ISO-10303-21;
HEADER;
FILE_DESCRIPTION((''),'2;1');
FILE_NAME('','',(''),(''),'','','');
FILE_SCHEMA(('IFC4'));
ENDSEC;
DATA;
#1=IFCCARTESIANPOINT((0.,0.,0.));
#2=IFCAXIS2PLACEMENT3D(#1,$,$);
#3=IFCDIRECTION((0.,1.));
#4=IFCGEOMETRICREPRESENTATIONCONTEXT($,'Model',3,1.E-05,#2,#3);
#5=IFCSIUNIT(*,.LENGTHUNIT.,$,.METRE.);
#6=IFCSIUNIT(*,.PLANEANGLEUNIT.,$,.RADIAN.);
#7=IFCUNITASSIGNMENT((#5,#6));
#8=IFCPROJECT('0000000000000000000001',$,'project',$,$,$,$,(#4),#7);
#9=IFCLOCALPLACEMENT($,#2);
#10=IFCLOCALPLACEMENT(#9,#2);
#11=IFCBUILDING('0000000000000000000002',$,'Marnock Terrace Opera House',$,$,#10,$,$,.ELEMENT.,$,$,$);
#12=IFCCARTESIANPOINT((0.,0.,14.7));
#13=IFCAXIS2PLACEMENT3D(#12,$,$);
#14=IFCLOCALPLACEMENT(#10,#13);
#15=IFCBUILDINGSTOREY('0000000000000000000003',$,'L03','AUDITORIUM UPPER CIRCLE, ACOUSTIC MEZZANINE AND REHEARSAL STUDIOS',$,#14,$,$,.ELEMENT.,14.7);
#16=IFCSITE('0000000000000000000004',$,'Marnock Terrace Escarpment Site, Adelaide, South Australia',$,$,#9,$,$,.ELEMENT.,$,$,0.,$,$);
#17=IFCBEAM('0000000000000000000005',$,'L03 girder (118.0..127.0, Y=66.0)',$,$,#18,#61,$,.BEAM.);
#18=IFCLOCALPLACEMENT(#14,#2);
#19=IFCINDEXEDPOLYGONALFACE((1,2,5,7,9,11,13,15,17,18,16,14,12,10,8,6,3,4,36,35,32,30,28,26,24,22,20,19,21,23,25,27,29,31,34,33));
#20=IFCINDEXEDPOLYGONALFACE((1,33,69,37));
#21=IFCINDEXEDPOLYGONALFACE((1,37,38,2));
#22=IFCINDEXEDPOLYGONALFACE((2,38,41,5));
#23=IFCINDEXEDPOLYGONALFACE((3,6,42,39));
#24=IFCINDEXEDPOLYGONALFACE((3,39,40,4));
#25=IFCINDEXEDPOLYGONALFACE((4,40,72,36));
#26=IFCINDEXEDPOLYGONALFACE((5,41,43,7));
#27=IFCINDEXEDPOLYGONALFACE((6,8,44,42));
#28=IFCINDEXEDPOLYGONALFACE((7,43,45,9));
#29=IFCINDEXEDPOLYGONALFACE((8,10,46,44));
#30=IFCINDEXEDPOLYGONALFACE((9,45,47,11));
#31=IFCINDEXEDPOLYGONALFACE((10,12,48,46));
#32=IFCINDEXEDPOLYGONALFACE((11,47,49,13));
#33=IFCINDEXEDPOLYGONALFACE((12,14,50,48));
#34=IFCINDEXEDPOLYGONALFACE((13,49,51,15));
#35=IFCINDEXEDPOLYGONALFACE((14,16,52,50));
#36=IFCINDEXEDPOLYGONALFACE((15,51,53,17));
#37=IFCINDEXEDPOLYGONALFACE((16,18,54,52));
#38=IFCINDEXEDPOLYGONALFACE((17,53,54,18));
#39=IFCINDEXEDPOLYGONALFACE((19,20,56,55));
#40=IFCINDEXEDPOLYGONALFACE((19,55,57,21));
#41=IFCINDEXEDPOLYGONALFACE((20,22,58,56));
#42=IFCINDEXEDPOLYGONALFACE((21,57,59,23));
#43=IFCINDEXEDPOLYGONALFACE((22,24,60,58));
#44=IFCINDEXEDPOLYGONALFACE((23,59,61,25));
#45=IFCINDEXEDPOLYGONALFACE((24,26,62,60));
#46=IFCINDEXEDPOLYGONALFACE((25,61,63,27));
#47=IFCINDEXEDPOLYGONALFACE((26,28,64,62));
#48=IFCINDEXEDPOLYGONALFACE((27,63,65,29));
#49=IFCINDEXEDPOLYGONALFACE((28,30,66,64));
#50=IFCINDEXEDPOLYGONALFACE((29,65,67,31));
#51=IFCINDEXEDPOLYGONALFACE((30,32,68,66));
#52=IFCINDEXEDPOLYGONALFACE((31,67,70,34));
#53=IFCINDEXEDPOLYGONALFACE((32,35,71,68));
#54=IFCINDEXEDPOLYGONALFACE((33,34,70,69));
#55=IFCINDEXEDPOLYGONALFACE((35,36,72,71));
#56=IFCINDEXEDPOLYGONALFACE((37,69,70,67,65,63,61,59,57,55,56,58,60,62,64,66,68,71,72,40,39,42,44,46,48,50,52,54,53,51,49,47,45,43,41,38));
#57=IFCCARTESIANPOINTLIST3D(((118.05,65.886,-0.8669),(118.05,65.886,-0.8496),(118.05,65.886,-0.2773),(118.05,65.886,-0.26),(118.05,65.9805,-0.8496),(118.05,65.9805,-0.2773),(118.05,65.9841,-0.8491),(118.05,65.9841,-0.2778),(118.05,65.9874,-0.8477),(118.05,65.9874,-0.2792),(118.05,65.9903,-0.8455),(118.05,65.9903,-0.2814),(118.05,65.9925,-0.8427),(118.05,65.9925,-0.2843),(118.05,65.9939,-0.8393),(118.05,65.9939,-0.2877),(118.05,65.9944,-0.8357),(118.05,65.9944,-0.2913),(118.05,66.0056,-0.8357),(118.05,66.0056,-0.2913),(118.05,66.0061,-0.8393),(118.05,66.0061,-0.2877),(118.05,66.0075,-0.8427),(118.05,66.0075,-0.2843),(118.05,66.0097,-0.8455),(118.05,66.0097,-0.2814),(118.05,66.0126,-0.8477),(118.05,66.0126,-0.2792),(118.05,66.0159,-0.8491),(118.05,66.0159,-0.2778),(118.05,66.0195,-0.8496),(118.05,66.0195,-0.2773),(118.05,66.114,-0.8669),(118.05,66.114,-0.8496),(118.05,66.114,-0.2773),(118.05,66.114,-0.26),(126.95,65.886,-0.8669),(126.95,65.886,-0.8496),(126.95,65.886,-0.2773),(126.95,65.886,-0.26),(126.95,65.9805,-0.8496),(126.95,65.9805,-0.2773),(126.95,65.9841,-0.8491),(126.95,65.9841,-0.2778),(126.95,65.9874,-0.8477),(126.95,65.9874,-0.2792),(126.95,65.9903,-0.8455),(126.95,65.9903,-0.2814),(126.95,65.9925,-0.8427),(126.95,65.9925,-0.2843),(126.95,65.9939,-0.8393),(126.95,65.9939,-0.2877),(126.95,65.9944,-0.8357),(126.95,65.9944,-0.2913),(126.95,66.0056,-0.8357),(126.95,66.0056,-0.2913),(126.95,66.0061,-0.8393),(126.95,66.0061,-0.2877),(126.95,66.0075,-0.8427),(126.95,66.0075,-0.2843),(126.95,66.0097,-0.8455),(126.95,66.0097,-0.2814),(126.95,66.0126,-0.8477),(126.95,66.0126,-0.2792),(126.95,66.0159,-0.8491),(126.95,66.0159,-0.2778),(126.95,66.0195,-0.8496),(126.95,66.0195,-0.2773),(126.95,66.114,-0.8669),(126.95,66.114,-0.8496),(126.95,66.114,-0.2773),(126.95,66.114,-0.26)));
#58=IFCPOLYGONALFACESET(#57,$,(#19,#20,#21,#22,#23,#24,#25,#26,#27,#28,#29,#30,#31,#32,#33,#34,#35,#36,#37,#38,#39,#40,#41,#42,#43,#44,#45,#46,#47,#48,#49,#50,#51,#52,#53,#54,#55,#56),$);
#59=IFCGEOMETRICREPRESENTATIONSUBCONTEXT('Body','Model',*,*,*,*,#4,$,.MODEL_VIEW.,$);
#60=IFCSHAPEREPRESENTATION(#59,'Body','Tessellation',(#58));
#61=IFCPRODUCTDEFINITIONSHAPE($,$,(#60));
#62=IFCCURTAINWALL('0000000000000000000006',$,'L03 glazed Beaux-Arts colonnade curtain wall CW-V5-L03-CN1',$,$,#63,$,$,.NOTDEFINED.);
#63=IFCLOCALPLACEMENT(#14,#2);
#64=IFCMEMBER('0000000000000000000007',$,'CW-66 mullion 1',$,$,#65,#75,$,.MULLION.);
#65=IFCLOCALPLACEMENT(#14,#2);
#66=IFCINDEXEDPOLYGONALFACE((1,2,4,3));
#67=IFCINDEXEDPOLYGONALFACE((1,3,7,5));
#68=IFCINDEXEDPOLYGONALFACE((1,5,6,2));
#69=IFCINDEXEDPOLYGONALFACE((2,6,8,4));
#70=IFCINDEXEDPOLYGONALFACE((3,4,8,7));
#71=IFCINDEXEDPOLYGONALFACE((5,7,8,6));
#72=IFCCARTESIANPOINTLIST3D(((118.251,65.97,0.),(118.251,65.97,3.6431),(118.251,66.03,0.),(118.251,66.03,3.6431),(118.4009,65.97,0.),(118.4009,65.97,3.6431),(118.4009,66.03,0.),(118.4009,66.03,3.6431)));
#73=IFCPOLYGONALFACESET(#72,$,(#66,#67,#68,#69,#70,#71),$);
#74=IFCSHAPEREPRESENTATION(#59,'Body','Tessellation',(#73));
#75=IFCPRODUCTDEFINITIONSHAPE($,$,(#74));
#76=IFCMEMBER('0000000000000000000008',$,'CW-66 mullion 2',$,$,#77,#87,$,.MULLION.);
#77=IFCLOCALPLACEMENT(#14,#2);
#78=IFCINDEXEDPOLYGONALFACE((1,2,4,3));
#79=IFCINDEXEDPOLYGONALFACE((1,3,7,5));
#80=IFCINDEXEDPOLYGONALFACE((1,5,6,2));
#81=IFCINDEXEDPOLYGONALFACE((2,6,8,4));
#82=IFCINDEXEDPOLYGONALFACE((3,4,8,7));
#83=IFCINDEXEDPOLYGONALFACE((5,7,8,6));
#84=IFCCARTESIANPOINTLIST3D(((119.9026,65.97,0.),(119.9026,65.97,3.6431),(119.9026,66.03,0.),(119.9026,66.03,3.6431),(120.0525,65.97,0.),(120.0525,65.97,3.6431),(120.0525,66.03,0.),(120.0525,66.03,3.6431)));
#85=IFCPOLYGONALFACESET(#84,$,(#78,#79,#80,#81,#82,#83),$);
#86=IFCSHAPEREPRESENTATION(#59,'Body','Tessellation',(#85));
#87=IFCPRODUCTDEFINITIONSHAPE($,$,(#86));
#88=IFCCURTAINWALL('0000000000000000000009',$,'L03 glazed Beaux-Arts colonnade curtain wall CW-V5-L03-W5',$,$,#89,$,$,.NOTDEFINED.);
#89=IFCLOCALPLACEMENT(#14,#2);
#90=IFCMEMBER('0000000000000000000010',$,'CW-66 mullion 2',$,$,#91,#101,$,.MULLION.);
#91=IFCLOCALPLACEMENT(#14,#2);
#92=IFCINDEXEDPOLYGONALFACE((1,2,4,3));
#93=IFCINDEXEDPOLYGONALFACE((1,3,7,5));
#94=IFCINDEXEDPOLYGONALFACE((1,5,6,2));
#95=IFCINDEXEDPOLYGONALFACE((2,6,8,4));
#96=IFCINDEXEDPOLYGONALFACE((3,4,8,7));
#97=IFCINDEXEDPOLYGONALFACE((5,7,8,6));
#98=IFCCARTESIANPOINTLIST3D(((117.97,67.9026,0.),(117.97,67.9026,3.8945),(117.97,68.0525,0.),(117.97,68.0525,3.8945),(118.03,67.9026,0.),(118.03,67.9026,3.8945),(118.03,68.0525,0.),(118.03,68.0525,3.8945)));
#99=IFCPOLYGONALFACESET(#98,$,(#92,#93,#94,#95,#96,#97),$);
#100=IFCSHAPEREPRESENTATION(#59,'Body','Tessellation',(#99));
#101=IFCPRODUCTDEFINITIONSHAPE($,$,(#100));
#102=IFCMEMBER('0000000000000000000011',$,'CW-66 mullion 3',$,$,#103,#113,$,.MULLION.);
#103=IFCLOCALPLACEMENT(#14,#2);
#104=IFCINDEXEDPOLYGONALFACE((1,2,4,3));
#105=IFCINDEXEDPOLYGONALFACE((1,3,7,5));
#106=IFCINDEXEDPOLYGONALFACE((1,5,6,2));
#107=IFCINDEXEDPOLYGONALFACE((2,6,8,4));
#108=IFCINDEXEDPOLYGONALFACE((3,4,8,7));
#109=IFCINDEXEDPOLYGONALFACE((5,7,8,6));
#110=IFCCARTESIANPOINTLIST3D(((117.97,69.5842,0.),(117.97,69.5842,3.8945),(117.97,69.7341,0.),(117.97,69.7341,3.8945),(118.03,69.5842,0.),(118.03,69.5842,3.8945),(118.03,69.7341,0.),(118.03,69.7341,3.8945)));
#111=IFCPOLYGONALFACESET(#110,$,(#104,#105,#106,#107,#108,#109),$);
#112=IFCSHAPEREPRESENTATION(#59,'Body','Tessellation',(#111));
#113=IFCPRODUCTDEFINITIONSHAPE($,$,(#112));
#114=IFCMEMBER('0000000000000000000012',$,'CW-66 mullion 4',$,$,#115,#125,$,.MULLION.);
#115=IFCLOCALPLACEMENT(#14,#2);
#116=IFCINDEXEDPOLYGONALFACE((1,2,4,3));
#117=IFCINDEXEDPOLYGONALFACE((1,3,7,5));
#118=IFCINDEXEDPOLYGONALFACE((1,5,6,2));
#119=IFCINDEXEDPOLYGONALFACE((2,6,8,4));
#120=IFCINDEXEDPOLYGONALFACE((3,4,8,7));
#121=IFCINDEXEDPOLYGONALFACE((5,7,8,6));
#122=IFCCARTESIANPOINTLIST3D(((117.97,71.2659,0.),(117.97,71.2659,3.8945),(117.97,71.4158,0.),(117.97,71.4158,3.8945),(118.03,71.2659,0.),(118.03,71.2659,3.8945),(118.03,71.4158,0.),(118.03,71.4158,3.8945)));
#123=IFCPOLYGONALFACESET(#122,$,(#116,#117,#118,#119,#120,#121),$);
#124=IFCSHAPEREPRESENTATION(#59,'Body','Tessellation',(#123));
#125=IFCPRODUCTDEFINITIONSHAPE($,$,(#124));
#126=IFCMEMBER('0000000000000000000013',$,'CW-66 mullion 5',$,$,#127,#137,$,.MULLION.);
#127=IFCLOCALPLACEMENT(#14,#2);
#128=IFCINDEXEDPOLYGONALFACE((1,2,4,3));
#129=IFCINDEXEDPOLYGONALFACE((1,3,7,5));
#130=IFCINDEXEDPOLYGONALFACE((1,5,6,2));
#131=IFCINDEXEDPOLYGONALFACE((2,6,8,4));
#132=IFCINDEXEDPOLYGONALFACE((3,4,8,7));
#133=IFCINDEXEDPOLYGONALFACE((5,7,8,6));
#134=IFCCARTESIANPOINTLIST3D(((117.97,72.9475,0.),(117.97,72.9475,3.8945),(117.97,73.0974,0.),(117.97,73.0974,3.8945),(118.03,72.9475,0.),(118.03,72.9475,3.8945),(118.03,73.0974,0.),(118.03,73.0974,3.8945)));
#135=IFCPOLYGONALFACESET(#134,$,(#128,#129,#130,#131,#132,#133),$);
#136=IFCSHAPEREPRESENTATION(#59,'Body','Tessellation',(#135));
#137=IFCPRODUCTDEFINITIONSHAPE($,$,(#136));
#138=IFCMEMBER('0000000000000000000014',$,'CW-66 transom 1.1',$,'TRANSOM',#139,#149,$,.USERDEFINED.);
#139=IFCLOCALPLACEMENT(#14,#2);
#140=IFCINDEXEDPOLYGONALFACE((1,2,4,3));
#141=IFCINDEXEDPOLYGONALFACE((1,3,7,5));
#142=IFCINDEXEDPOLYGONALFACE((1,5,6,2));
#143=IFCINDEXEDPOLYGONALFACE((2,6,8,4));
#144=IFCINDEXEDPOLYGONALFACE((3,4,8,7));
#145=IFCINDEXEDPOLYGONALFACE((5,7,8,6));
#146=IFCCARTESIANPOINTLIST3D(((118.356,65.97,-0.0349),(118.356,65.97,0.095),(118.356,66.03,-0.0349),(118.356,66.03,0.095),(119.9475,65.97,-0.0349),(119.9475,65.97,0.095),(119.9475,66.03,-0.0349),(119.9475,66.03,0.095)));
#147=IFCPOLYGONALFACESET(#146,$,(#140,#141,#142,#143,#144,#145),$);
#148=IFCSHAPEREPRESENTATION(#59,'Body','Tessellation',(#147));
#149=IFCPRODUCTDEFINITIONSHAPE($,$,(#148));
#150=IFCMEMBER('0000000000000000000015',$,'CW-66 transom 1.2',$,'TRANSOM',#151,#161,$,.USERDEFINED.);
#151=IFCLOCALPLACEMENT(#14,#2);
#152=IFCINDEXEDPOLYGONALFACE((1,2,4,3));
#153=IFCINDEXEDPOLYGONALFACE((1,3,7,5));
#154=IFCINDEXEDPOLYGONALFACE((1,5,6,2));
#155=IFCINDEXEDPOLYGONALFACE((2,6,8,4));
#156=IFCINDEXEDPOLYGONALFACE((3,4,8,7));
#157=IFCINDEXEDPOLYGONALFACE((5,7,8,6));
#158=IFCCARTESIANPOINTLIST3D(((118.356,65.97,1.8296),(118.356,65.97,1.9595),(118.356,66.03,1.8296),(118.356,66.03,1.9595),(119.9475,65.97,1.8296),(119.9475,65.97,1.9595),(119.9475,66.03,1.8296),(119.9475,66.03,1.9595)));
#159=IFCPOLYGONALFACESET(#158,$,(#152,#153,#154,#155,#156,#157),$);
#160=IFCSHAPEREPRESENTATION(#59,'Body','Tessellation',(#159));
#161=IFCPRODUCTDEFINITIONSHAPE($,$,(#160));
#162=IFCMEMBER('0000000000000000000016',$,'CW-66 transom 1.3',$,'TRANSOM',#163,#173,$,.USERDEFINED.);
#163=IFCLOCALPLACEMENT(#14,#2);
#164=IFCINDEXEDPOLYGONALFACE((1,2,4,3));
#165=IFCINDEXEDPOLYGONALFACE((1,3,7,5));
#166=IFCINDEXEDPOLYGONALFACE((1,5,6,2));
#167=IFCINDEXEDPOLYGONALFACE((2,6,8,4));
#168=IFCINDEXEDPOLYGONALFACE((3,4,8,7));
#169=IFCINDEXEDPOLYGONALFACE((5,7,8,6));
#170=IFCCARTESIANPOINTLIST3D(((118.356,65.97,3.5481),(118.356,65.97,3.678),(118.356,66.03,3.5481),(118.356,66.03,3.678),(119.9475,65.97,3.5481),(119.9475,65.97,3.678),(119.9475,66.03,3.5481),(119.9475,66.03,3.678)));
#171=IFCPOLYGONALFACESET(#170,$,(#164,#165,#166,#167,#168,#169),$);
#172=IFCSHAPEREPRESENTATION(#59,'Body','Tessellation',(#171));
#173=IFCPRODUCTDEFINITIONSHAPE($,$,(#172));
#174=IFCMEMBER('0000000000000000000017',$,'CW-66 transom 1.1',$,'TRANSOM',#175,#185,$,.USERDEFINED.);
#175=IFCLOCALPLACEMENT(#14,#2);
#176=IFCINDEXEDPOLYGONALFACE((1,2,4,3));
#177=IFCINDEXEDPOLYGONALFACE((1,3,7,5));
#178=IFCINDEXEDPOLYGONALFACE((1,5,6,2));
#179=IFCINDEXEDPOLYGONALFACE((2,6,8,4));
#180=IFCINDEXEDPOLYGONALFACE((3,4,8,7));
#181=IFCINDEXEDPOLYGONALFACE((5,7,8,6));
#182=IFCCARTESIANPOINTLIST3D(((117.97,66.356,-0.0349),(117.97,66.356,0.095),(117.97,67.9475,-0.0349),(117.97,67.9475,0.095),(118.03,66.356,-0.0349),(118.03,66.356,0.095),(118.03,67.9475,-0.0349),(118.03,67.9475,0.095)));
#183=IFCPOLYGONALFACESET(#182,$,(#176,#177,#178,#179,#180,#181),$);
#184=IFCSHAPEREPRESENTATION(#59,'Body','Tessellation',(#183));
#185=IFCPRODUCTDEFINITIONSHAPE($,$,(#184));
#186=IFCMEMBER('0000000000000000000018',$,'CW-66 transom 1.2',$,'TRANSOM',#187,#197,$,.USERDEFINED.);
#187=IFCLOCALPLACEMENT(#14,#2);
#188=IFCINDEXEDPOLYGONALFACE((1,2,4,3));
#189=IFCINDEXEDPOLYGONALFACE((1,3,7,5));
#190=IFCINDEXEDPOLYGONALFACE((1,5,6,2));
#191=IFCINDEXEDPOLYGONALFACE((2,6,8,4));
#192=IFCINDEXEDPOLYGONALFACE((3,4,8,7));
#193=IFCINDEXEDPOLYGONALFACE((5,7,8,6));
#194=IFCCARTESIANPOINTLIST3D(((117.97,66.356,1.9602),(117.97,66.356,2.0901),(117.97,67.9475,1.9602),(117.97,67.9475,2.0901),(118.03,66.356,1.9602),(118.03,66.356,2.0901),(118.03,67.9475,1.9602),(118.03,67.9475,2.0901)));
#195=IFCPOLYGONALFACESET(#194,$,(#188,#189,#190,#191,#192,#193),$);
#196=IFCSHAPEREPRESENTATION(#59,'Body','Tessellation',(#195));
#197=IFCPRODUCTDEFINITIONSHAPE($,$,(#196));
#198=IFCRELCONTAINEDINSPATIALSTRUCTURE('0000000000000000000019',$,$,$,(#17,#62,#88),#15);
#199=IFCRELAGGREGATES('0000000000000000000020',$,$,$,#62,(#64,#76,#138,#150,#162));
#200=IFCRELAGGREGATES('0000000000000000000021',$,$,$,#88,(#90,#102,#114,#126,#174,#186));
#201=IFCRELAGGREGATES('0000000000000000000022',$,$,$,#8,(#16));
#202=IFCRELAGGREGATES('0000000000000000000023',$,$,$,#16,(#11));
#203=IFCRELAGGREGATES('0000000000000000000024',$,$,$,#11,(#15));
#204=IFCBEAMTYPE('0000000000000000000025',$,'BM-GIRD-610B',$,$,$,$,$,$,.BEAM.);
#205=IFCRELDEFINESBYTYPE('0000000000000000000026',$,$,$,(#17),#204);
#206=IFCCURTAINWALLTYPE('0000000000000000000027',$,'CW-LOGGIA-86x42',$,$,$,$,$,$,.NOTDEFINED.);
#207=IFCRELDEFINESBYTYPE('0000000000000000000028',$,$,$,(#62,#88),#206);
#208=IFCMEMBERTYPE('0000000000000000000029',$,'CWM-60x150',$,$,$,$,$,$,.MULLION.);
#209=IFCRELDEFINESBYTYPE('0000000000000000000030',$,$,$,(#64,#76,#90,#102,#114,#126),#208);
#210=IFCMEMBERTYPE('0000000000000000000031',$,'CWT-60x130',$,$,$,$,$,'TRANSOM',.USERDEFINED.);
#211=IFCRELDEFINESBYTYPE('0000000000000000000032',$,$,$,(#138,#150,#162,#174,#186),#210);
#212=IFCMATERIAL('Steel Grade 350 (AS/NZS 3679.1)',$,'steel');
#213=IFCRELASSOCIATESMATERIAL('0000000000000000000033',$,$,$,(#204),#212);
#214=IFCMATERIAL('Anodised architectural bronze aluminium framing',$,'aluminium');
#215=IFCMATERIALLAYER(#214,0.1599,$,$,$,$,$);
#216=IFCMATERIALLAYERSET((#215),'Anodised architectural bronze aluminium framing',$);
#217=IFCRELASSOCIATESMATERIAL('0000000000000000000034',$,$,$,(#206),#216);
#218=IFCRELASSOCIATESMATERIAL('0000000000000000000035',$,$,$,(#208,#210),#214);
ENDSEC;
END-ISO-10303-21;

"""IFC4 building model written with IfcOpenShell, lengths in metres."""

from ifc_helpers import new_model, si_unit, direction, frame, origin, origin_2d, place, context, subcontext, project, spatial, rectangle, i_section, extrude, material, layer, layer_set, material_profile, profile_set, type_object, element, aggregate, save


model = new_model("IFC4")

# Units and contexts
model_context = context("Model", 3, precision=1e-05, world=origin(), true_north=direction((0.0, 1.0)))
body_context = subcontext(model_context, "Body", "Model", "MODEL_VIEW")
ifc_project = project(units=[si_unit("LENGTHUNIT", "METRE"), si_unit("PLANEANGLEUNIT", "RADIAN")], contexts=[model_context])

# Site, building, storey
site_placement = place(None, origin())
site = spatial("IfcSite", under=ifc_project, at=site_placement, Name="Marnock Terrace Escarpment Site, Adelaide, South Australia", CompositionType="ELEMENT", RefElevation=0.0)
building_placement = place(site_placement, origin())
building = spatial("IfcBuilding", under=site, at=building_placement, Name="Marnock Terrace Opera House", CompositionType="ELEMENT")
storey_placement = place(building_placement, frame((0.0, 0.0, 14.7)))
storey = spatial("IfcBuildingStorey", under=building, at=storey_placement, Name="L03", Description="AUDITORIUM UPPER CIRCLE, ACOUSTIC MEZZANINE AND REHEARSAL STUDIOS", CompositionType="ELEMENT", Elevation=14.7)

# Beam
ifc_material_1 = material(Name="Steel Grade 350 (AS/NZS 3679.1)", Category="steel")
ifc_material_profile_1 = material_profile(ifc_material_1, i_section(OverallWidth=0.228, OverallDepth=0.6069, WebThickness=0.0112, FlangeThickness=0.0173, FilletRadius=0.0139, at=origin_2d()))
ifc_profile_set_1 = profile_set([ifc_material_profile_1], Name="Steel Grade 350 (AS/NZS 3679.1)")
beam_type = type_object("IfcBeamType", Name="BM-GIRD-610B", PredefinedType="BEAM", material=ifc_profile_set_1)
beam_placement = place(storey_placement, frame((118.05, 66.0, -0.5635), z_axis=(1.0, 0.0, 0.0), x_axis=(0.0, 1.0, 0.0)))
element("IfcBeam", 1, at=beam_placement, inside=storey, type_object=beam_type, Name="L03 girder (118.0..127.0, Y=66.0)", PredefinedType="BEAM", context=body_context, shape_type="SweptSolid", body=[
    extrude(i_section(OverallWidth=0.228, OverallDepth=0.6069, WebThickness=0.0112, FlangeThickness=0.0173, FilletRadius=0.0139, at=origin_2d()), origin(), (0.0, 0.0, 1.0), 8.8999),
])

# Curtain walls, members
ifc_material_2 = material(Name="Anodised architectural bronze aluminium framing", Category="aluminium")
ifc_layer_1 = layer(ifc_material_2, 0.1599)
ifc_layer_set_1 = layer_set([ifc_layer_1], Name="Anodised architectural bronze aluminium framing")
curtain_wall_type = type_object("IfcCurtainWallType", Name="CW-LOGGIA-86x42", PredefinedType="NOTDEFINED", material=ifc_layer_set_1)
curtain_wall_1_placement = place(storey_placement, origin())
curtain_wall_1 = element("IfcCurtainWall", 2, at=curtain_wall_1_placement, inside=storey, type_object=curtain_wall_type, Name="L03 glazed Beaux-Arts colonnade curtain wall CW-V5-L03-CN1", PredefinedType="NOTDEFINED")
ifc_material_profile_2 = material_profile(ifc_material_2, rectangle(XDim=0.0601, YDim=0.1499, at=origin_2d()))
ifc_profile_set_2 = profile_set([ifc_material_profile_2], Name="Anodised architectural bronze aluminium framing")
member_type_1 = type_object("IfcMemberType", Name="CWM-60x150", PredefinedType="MULLION", material=ifc_profile_set_2)
member_1_placement = place(storey_placement, frame((118.3259, 66.0, 0.0), z_axis=(0.0, 0.0, 1.0), x_axis=(0.0, 1.0, 0.0)))
member_1 = element("IfcMember", 3, at=member_1_placement, type_object=member_type_1, Name="CW-66 mullion 1", PredefinedType="MULLION", context=body_context, shape_type="SweptSolid", body=[
    extrude(rectangle(XDim=0.0601, YDim=0.1499, at=origin_2d()), origin(), (0.0, 0.0, 1.0), 3.6431),
])
member_2_placement = place(storey_placement, frame((119.9775, 66.0, 0.0), z_axis=(0.0, 0.0, 1.0), x_axis=(0.0, 1.0, 0.0)))
member_2 = element("IfcMember", 4, at=member_2_placement, type_object=member_type_1, Name="CW-66 mullion 2", PredefinedType="MULLION", context=body_context, shape_type="SweptSolid", body=[
    extrude(rectangle(XDim=0.0601, YDim=0.1499, at=origin_2d()), origin(), (0.0, 0.0, 1.0), 3.6431),
])
curtain_wall_2_placement = place(storey_placement, origin())
curtain_wall_2 = element("IfcCurtainWall", 5, at=curtain_wall_2_placement, inside=storey, type_object=curtain_wall_type, Name="L03 glazed Beaux-Arts colonnade curtain wall CW-V5-L03-W5", PredefinedType="NOTDEFINED")
member_3_placement = place(storey_placement, frame((118.0, 67.9775, 0.0), z_axis=(0.0, 0.0, 1.0), x_axis=(-1.0, 0.0, 0.0)))
member_3 = element("IfcMember", 6, at=member_3_placement, type_object=member_type_1, Name="CW-66 mullion 2", PredefinedType="MULLION", context=body_context, shape_type="SweptSolid", body=[
    extrude(rectangle(XDim=0.0601, YDim=0.1499, at=origin_2d()), origin(), (0.0, 0.0, 1.0), 3.8945),
])
member_4_placement = place(storey_placement, frame((118.0, 69.6592, 0.0), z_axis=(0.0, 0.0, 1.0), x_axis=(-1.0, 0.0, 0.0)))
member_4 = element("IfcMember", 7, at=member_4_placement, type_object=member_type_1, Name="CW-66 mullion 3", PredefinedType="MULLION", context=body_context, shape_type="SweptSolid", body=[
    extrude(rectangle(XDim=0.0601, YDim=0.1499, at=origin_2d()), origin(), (0.0, 0.0, 1.0), 3.8945),
])
member_5_placement = place(storey_placement, frame((118.0, 71.3408, 0.0), z_axis=(0.0, 0.0, 1.0), x_axis=(-1.0, 0.0, 0.0)))
member_5 = element("IfcMember", 8, at=member_5_placement, type_object=member_type_1, Name="CW-66 mullion 4", PredefinedType="MULLION", context=body_context, shape_type="SweptSolid", body=[
    extrude(rectangle(XDim=0.0601, YDim=0.1499, at=origin_2d()), origin(), (0.0, 0.0, 1.0), 3.8945),
])
member_6_placement = place(storey_placement, frame((118.0, 73.0225, 0.0), z_axis=(0.0, 0.0, 1.0), x_axis=(-1.0, 0.0, 0.0)))
member_6 = element("IfcMember", 9, at=member_6_placement, type_object=member_type_1, Name="CW-66 mullion 5", PredefinedType="MULLION", context=body_context, shape_type="SweptSolid", body=[
    extrude(rectangle(XDim=0.0601, YDim=0.1499, at=origin_2d()), origin(), (0.0, 0.0, 1.0), 3.8945),
])

# Members
ifc_material_profile_3 = material_profile(ifc_material_2, rectangle(XDim=0.0601, YDim=0.1299, at=origin_2d()))
ifc_profile_set_3 = profile_set([ifc_material_profile_3], Name="Anodised architectural bronze aluminium framing")
member_type_2 = type_object("IfcMemberType", Name="CWT-60x130", ElementType="TRANSOM", PredefinedType="USERDEFINED", material=ifc_profile_set_3)
member_7_placement = place(storey_placement, frame((118.356, 66.0, 0.03), z_axis=(1.0, 0.0, 0.0), x_axis=(0.0, 1.0, 0.0)))
member_7 = element("IfcMember", 10, at=member_7_placement, type_object=member_type_2, Name="CW-66 transom 1.1", ObjectType="TRANSOM", PredefinedType="USERDEFINED", context=body_context, shape_type="SweptSolid", body=[
    extrude(rectangle(XDim=0.0601, YDim=0.1299, at=origin_2d()), origin(), (0.0, 0.0, 1.0), 1.5916),
])
member_8_placement = place(storey_placement, frame((118.356, 66.0, 1.8945), z_axis=(1.0, 0.0, 0.0), x_axis=(0.0, 1.0, 0.0)))
member_8 = element("IfcMember", 11, at=member_8_placement, type_object=member_type_2, Name="CW-66 transom 1.2", ObjectType="TRANSOM", PredefinedType="USERDEFINED", context=body_context, shape_type="SweptSolid", body=[
    extrude(rectangle(XDim=0.0601, YDim=0.1299, at=origin_2d()), origin(), (0.0, 0.0, 1.0), 1.5916),
])
member_9_placement = place(storey_placement, frame((118.356, 66.0, 3.613), z_axis=(1.0, 0.0, 0.0), x_axis=(0.0, 1.0, 0.0)))
member_9 = element("IfcMember", 12, at=member_9_placement, type_object=member_type_2, Name="CW-66 transom 1.3", ObjectType="TRANSOM", PredefinedType="USERDEFINED", context=body_context, shape_type="SweptSolid", body=[
    extrude(rectangle(XDim=0.0601, YDim=0.1299, at=origin_2d()), origin(), (0.0, 0.0, 1.0), 1.5916),
])
member_10_placement = place(storey_placement, frame((118.0, 66.356, 0.03), z_axis=(0.0, 1.0, 0.0), x_axis=(-1.0, 0.0, 0.0)))
member_10 = element("IfcMember", 13, at=member_10_placement, type_object=member_type_2, Name="CW-66 transom 1.1", ObjectType="TRANSOM", PredefinedType="USERDEFINED", context=body_context, shape_type="SweptSolid", body=[
    extrude(rectangle(XDim=0.0601, YDim=0.1299, at=origin_2d()), origin(), (0.0, 0.0, 1.0), 1.5916),
])
member_11_placement = place(storey_placement, frame((118.0, 66.356, 2.0251), z_axis=(0.0, 1.0, 0.0), x_axis=(-1.0, 0.0, 0.0)))
member_11 = element("IfcMember", 14, at=member_11_placement, type_object=member_type_2, Name="CW-66 transom 1.2", ObjectType="TRANSOM", PredefinedType="USERDEFINED", context=body_context, shape_type="SweptSolid", body=[
    extrude(rectangle(XDim=0.0601, YDim=0.1299, at=origin_2d()), origin(), (0.0, 0.0, 1.0), 1.5916),
])

aggregate(curtain_wall_1, [member_1, member_2, member_7, member_8, member_9])
aggregate(curtain_wall_2, [member_3, member_4, member_5, member_6, member_10, member_11])

save(model, "model.ifc")
